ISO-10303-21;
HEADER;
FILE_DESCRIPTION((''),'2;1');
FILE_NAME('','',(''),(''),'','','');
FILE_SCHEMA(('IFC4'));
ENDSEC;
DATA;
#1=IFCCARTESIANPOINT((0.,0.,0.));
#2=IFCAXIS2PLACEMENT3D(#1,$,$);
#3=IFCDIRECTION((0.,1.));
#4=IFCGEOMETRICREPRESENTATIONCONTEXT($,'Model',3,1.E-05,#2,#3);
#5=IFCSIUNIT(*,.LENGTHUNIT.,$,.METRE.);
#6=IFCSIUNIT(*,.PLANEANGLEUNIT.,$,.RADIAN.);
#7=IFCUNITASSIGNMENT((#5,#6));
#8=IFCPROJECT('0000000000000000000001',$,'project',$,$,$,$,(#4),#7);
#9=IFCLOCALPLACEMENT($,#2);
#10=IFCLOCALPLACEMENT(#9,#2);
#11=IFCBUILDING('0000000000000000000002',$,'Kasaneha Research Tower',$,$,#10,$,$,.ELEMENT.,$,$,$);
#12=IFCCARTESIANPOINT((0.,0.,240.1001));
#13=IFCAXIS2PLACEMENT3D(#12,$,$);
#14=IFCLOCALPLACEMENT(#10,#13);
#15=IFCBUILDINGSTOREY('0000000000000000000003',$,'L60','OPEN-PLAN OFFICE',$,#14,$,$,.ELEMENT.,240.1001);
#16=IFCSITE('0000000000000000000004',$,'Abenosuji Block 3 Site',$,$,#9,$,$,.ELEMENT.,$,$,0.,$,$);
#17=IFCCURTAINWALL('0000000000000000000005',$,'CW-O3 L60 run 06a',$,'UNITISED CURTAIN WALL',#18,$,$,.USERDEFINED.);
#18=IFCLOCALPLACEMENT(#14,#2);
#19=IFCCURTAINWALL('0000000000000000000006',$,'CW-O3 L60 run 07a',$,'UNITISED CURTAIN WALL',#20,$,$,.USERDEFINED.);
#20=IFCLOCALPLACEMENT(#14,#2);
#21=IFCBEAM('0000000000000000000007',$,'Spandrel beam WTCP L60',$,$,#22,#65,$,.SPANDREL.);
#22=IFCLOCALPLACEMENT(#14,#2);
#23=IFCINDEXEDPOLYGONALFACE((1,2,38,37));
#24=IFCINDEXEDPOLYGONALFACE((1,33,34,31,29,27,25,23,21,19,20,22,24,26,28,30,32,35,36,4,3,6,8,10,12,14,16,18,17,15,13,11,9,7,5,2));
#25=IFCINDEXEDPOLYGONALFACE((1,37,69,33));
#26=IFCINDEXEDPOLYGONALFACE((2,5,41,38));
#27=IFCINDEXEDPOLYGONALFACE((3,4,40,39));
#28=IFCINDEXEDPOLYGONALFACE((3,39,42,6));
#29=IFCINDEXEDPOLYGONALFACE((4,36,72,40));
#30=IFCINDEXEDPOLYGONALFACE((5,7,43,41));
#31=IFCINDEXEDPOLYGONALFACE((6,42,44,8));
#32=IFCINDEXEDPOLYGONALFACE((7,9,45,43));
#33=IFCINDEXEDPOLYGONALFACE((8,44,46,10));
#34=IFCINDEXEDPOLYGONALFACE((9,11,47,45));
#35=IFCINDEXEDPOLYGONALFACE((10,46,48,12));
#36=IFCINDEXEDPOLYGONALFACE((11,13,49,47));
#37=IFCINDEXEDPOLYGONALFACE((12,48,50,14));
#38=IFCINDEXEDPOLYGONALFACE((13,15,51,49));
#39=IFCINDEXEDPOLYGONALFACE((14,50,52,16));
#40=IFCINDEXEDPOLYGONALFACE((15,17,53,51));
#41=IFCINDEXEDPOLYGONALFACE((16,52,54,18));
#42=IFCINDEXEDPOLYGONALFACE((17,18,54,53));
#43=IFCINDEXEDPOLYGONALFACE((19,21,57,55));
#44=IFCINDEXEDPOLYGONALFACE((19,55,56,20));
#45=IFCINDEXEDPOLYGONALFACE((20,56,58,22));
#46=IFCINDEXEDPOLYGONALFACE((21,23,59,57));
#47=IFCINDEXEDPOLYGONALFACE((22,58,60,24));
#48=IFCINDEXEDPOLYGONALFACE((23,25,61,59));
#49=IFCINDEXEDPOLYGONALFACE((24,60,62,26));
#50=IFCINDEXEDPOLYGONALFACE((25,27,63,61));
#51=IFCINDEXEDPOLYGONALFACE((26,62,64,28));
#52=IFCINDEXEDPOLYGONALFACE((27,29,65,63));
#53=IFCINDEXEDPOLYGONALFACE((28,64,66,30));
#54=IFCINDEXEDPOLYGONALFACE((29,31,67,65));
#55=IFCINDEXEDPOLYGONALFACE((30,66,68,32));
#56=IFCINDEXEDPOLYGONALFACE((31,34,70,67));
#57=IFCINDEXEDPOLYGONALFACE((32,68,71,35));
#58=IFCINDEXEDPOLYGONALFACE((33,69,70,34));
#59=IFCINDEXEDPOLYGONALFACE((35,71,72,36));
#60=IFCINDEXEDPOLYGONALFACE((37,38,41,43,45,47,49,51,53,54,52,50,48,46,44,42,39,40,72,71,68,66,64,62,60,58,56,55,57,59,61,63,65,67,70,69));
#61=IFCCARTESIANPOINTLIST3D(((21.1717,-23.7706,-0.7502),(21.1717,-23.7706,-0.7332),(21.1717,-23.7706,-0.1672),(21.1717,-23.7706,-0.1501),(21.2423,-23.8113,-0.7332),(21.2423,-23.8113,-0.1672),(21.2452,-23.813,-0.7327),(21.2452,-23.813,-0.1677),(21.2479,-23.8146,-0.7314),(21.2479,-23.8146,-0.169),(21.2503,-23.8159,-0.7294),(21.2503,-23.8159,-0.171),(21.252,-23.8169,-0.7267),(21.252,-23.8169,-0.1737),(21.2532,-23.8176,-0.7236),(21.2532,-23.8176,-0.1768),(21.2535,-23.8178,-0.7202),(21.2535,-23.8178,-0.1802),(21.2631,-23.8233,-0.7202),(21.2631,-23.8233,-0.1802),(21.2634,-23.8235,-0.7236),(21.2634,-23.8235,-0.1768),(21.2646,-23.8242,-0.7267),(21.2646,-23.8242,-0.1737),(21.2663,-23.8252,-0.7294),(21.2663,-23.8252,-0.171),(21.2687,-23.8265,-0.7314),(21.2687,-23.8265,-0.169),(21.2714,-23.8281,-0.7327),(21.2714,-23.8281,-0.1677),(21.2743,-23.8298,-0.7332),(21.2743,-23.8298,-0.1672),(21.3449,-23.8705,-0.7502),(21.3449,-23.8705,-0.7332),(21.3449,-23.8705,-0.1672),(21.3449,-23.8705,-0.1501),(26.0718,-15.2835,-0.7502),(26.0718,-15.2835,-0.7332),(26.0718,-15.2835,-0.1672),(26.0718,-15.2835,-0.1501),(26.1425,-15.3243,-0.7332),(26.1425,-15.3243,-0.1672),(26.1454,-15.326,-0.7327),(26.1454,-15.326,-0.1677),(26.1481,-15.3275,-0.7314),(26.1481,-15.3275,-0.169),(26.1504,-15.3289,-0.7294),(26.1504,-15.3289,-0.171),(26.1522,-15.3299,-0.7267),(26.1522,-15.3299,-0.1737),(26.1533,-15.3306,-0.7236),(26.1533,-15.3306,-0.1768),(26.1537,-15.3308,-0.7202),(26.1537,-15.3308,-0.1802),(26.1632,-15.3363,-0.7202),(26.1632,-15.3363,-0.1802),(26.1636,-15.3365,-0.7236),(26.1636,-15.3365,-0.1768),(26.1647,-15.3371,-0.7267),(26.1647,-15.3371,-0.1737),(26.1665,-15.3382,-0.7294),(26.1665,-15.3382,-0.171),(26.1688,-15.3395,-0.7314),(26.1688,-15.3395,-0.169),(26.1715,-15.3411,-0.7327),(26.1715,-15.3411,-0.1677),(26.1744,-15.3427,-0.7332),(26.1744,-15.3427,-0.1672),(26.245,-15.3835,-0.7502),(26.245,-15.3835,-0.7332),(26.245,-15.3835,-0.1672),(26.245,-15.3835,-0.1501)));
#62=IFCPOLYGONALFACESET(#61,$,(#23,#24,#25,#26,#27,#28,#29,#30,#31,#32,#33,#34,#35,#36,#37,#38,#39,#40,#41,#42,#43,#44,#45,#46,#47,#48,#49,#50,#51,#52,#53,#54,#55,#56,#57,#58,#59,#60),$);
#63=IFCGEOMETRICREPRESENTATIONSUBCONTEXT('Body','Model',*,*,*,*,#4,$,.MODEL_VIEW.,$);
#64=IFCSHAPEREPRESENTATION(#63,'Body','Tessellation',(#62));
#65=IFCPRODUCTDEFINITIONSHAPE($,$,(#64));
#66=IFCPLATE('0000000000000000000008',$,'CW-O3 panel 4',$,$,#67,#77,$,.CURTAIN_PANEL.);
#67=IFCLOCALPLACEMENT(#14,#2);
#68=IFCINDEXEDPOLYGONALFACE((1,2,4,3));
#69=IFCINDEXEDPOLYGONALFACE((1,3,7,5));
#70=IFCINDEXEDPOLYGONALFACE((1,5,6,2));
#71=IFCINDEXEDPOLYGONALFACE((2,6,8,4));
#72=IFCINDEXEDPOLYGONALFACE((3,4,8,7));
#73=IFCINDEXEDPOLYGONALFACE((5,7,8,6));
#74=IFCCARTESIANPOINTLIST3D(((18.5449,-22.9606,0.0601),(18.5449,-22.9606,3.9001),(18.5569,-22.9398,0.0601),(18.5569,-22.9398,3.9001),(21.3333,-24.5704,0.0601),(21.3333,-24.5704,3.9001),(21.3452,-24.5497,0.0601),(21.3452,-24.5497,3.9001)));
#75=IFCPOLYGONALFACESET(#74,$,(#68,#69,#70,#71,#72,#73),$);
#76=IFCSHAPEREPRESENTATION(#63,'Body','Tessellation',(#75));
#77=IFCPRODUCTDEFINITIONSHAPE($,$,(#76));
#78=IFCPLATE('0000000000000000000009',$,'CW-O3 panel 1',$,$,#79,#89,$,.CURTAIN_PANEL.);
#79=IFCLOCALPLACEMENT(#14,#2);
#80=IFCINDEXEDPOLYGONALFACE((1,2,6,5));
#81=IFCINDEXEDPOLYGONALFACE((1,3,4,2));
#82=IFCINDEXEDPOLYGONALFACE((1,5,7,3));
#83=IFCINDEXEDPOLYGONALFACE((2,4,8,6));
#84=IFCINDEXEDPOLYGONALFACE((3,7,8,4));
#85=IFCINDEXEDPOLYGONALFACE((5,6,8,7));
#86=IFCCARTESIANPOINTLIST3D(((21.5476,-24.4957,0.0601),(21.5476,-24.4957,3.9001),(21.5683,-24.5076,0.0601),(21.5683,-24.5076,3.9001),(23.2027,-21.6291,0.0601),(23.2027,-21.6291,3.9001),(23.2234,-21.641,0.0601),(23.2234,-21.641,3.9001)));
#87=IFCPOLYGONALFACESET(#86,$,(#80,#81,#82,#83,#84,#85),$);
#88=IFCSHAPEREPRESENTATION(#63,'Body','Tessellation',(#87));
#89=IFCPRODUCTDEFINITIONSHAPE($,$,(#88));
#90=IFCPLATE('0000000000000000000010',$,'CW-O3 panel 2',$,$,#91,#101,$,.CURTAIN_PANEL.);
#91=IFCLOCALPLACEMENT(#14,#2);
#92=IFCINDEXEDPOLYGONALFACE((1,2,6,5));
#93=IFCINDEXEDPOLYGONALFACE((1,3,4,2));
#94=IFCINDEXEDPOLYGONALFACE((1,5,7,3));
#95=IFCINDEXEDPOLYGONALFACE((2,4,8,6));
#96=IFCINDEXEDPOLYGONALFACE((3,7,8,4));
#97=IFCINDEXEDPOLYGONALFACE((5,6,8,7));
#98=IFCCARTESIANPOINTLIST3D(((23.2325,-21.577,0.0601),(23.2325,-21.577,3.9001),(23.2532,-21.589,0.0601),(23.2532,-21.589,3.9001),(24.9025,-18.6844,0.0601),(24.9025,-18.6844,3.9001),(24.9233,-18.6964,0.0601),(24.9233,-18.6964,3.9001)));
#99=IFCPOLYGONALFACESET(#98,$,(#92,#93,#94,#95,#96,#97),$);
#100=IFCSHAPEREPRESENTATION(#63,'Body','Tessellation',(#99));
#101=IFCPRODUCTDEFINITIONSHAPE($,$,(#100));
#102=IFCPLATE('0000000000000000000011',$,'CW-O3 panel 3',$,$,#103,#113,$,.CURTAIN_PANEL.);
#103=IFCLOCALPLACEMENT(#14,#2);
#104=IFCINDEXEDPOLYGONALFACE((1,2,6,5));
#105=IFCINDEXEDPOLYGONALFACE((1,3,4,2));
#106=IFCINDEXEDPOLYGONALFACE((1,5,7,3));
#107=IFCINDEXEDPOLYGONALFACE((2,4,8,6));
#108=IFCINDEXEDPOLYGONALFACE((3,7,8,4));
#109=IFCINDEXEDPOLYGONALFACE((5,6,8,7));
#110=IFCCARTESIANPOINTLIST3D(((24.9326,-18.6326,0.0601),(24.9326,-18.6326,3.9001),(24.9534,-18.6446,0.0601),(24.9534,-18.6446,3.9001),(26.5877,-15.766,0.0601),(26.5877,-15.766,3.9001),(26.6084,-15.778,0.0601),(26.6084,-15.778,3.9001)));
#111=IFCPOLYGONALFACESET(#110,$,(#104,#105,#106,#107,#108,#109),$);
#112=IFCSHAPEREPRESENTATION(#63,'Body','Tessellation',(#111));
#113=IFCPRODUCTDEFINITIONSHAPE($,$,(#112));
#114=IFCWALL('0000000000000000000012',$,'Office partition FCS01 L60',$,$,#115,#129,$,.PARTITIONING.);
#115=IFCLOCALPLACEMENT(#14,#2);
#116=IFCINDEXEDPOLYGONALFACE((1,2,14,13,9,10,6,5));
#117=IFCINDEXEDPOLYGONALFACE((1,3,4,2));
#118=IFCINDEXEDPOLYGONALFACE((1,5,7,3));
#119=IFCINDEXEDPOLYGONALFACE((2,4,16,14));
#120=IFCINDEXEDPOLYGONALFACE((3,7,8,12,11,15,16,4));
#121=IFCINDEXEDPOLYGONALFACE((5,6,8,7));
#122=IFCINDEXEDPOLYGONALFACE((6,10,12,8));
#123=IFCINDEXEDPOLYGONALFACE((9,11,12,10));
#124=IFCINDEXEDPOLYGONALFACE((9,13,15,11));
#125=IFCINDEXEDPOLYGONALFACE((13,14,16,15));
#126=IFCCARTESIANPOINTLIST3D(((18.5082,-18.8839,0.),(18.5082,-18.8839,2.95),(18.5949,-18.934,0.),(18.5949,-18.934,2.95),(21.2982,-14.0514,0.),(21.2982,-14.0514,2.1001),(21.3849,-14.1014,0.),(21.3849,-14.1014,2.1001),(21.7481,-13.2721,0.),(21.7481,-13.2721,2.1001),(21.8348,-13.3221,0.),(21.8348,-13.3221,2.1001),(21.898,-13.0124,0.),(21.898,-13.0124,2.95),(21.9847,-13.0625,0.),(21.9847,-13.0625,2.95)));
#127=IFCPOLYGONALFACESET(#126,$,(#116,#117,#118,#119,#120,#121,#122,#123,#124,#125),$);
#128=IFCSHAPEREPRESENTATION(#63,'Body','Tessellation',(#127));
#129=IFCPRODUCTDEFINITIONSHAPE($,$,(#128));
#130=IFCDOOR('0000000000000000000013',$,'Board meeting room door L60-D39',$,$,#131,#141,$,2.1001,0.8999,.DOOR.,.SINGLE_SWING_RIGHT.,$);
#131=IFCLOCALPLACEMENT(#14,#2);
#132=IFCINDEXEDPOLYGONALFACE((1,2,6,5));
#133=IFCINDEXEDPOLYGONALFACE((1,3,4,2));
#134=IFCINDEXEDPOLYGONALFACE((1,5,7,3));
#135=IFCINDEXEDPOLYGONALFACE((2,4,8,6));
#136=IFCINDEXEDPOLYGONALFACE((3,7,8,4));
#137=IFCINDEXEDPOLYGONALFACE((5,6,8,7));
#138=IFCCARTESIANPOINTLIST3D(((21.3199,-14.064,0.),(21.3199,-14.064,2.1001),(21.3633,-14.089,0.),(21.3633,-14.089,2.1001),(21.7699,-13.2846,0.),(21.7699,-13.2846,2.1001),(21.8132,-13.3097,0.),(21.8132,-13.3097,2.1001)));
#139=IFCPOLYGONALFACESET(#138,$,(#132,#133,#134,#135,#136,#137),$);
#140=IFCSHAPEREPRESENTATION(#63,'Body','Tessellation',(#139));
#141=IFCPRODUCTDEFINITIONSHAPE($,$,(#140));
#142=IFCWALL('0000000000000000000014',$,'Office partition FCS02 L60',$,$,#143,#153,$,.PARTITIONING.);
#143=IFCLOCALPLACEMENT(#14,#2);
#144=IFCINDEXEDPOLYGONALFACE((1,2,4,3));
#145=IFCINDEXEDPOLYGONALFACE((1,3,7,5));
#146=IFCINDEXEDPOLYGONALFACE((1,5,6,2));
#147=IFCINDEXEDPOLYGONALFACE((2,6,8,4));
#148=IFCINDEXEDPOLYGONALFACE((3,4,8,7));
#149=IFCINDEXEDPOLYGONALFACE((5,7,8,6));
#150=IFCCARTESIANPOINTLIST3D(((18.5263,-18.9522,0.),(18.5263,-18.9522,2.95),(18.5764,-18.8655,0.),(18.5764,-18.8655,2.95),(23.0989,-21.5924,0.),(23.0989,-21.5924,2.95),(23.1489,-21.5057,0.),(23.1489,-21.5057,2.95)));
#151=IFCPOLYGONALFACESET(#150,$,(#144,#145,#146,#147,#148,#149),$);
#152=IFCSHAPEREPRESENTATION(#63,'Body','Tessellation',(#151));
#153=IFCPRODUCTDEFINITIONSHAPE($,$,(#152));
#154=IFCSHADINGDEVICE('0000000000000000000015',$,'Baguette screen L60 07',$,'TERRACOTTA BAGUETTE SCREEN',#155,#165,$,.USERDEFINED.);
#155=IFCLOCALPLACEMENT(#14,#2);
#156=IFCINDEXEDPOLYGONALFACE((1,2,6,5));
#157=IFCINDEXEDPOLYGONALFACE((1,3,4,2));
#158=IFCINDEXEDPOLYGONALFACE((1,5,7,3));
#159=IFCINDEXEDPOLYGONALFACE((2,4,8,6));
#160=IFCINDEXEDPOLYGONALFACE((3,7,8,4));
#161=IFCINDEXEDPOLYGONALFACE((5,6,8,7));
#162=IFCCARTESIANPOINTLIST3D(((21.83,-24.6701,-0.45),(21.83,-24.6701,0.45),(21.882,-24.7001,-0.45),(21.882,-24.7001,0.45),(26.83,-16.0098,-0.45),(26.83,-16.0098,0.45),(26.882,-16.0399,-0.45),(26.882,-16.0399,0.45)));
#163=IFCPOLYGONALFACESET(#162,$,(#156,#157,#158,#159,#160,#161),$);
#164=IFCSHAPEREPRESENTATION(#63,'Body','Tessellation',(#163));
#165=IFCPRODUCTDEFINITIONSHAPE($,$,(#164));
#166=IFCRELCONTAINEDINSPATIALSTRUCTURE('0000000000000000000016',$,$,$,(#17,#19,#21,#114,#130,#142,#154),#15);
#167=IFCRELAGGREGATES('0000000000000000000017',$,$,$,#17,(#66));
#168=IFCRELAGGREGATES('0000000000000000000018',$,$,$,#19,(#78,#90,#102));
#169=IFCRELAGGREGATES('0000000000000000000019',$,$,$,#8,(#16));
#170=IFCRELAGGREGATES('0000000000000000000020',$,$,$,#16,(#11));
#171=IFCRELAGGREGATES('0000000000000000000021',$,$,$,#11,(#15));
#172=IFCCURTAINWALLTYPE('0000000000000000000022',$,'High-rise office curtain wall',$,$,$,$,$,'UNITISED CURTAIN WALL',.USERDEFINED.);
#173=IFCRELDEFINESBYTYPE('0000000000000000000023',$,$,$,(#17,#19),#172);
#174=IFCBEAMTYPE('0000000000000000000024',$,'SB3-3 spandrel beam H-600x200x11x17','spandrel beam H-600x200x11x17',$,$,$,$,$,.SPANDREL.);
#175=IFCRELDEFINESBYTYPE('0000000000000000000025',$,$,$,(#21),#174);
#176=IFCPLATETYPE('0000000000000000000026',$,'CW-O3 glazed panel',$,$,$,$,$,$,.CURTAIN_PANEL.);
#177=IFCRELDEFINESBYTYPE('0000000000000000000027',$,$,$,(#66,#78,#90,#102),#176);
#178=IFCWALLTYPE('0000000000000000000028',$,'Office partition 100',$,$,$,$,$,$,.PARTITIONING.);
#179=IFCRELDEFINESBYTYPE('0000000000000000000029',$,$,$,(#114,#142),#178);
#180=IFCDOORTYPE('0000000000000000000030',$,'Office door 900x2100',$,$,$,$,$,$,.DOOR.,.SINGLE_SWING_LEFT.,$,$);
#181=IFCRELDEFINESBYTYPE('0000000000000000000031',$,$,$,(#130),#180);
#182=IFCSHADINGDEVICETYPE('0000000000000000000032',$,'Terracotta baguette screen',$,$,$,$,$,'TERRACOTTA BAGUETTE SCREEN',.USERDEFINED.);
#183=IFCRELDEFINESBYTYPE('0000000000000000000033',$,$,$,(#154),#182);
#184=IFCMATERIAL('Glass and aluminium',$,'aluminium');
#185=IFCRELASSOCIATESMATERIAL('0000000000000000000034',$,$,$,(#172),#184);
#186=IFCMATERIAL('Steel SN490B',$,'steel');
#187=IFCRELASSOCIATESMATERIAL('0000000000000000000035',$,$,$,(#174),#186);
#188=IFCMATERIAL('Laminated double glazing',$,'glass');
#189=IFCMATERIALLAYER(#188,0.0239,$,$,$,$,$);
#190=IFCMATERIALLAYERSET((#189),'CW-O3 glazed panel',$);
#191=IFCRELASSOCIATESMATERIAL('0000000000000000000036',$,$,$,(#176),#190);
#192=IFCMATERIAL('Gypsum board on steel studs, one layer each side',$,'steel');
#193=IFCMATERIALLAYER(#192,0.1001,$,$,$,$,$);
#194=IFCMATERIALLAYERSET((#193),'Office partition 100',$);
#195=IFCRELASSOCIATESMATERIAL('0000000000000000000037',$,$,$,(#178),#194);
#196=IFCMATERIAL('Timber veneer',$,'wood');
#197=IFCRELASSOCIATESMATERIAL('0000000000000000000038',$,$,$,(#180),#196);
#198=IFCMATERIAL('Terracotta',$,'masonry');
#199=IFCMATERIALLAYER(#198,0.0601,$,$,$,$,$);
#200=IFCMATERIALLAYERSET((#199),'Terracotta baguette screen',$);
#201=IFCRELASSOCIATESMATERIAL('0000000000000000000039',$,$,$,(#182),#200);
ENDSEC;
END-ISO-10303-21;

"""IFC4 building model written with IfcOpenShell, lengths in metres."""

from ifc_helpers import new_model, si_unit, direction, frame, frame_2d, origin, origin_2d, place, context, subcontext, project, spatial, rectangle, i_section, extrude, material, layer, layer_set, material_profile, profile_set, type_object, element, fill, aggregate, save


model = new_model("IFC4")

# Units and contexts
model_context = context("Model", 3, precision=1e-05, world=origin(), true_north=direction((0.0, 1.0)))
body_context = subcontext(model_context, "Body", "Model", "MODEL_VIEW")
ifc_project = project(units=[si_unit("LENGTHUNIT", "METRE"), si_unit("PLANEANGLEUNIT", "RADIAN")], contexts=[model_context])

# Site, building, storey
site_placement = place(None, origin())
site = spatial("IfcSite", under=ifc_project, at=site_placement, Name="Abenosuji Block 3 Site", CompositionType="ELEMENT", RefElevation=0.0)
building_placement = place(site_placement, origin())
building = spatial("IfcBuilding", under=site, at=building_placement, Name="Kasaneha Research Tower", CompositionType="ELEMENT")
storey_placement = place(building_placement, frame((0.0, 0.0, 240.1001)))
storey = spatial("IfcBuildingStorey", under=building, at=storey_placement, Name="L60", Description="OPEN-PLAN OFFICE", CompositionType="ELEMENT", Elevation=240.1001)

# Curtain wall
ifc_material_1 = material(Name="Glass and aluminium", Category="aluminium")
curtain_wall_type = type_object("IfcCurtainWallType", Name="High-rise office curtain wall", ElementType="UNITISED CURTAIN WALL", PredefinedType="USERDEFINED", material=ifc_material_1)
curtain_wall_1_placement = place(storey_placement, origin())
curtain_wall_1 = element("IfcCurtainWall", 1, at=curtain_wall_1_placement, inside=storey, type_object=curtain_wall_type, Name="CW-O3 L60 run 06a", ObjectType="UNITISED CURTAIN WALL", PredefinedType="USERDEFINED")

# Curtain wall
curtain_wall_2_placement = place(storey_placement, origin())
curtain_wall_2 = element("IfcCurtainWall", 2, at=curtain_wall_2_placement, inside=storey, type_object=curtain_wall_type, Name="CW-O3 L60 run 07a", ObjectType="UNITISED CURTAIN WALL", PredefinedType="USERDEFINED")

# Beam
ifc_material_2 = material(Name="Steel SN490B", Category="steel")
ifc_material_profile_1 = material_profile(ifc_material_2, i_section(OverallWidth=0.2, OverallDepth=0.6001, WebThickness=0.011, FlangeThickness=0.0171, FilletRadius=0.0129, at=origin_2d()), Name="H-600x200x11x17")
ifc_profile_set_1 = profile_set([ifc_material_profile_1], Name="Steel SN490B")
beam_type = type_object("IfcBeamType", Name="SB3-3 spandrel beam H-600x200x11x17", Description="spandrel beam H-600x200x11x17", PredefinedType="SPANDREL", material=ifc_profile_set_1)
beam_placement = place(storey_placement, frame((21.2583, -23.8206, -0.4502), z_axis=(0.500011, 0.866019, 0.0), x_axis=(-0.866019, 0.500011, 0.0)))
element("IfcBeam", 3, at=beam_placement, inside=storey, type_object=beam_type, Name="Spandrel beam WTCP L60", PredefinedType="SPANDREL", context=body_context, shape_type="SweptSolid", body=[
    extrude(i_section(OverallWidth=0.2, OverallDepth=0.6001, WebThickness=0.011, FlangeThickness=0.0171, FilletRadius=0.0129, at=origin_2d()), origin(), (0.0, 0.0, 1.0), 9.8),
])

# Plates
ifc_material_3 = material(Name="Laminated double glazing", Category="glass")
ifc_layer_1 = layer(ifc_material_3, 0.0239)
ifc_layer_set_1 = layer_set([ifc_layer_1], Name="CW-O3 glazed panel")
plate_type = type_object("IfcPlateType", Name="CW-O3 glazed panel", PredefinedType="CURTAIN_PANEL", material=ifc_layer_set_1)
plate_1_placement = place(storey_placement, frame((19.9451, -23.7551, 0.0601), z_axis=(0.0, 0.0, 1.0), x_axis=(0.866025, -0.5, 0.0)))
plate_1 = element("IfcPlate", 4, at=plate_1_placement, type_object=plate_type, Name="CW-O3 panel 4", PredefinedType="CURTAIN_PANEL", context=body_context, shape_type="SweptSolid", body=[
    extrude(rectangle(XDim=3.2197, YDim=0.0239, at=origin_2d()), origin(), (0.0, 0.0, 1.0), 3.8401),
])
aggregate(curtain_wall_1, [plate_1])
plate_2_placement = place(storey_placement, frame((22.3855, -23.0684, 0.0601), z_axis=(0.0, 0.0, 1.0), x_axis=(0.5, 0.866025, 0.0)))
plate_2 = element("IfcPlate", 5, at=plate_2_placement, type_object=plate_type, Name="CW-O3 panel 1", PredefinedType="CURTAIN_PANEL", context=body_context, shape_type="SweptSolid", body=[
    extrude(rectangle(XDim=3.3101, YDim=0.0239, at=origin_2d()), origin(), (0.0, 0.0, 1.0), 3.8401),
])
plate_3_placement = place(storey_placement, frame((24.0779, -20.1367, 0.0601), z_axis=(0.0, 0.0, 1.0), x_axis=(0.5, 0.866025, 0.0)))
plate_3 = element("IfcPlate", 6, at=plate_3_placement, type_object=plate_type, Name="CW-O3 panel 2", PredefinedType="CURTAIN_PANEL", context=body_context, shape_type="SweptSolid", body=[
    extrude(rectangle(XDim=3.3401, YDim=0.0239, at=origin_2d()), origin(), (0.0, 0.0, 1.0), 3.8401),
])
plate_4_placement = place(storey_placement, frame((25.7705, -17.2053, 0.0601), z_axis=(0.0, 0.0, 1.0), x_axis=(0.5, 0.866025, 0.0)))
plate_4 = element("IfcPlate", 7, at=plate_4_placement, type_object=plate_type, Name="CW-O3 panel 3", PredefinedType="CURTAIN_PANEL", context=body_context, shape_type="SweptSolid", body=[
    extrude(rectangle(XDim=3.3101, YDim=0.0239, at=origin_2d()), origin(), (0.0, 0.0, 1.0), 3.8401),
])
aggregate(curtain_wall_2, [plate_2, plate_3, plate_4])

# Wall, opening, door
ifc_material_4 = material(Name="Gypsum board on steel studs, one layer each side", Category="steel")
ifc_layer_2 = layer(ifc_material_4, 0.1001)
ifc_layer_set_2 = layer_set([ifc_layer_2], Name="Office partition 100")
wall_type = type_object("IfcWallType", Name="Office partition 100", PredefinedType="PARTITIONING", material=ifc_layer_set_2)
wall_1_placement = place(storey_placement, frame((18.5515, -18.9089, 0.0), z_axis=(0.0, 0.0, 1.0), x_axis=(0.499993, 0.86603, 0.0)))
wall_1 = element("IfcWall", 8, at=wall_1_placement, inside=storey, type_object=wall_type, Name="Office partition FCS01 L60", PredefinedType="PARTITIONING", context=body_context, shape_type="SweptSolid", body=[
    extrude(rectangle(XDim=6.7798, YDim=0.1001, at=frame_2d((3.3899, 0.0))), origin(), (0.0, 0.0, 1.0), 2.95),
])
opening_placement = place(wall_1_placement, frame((5.5801, 0.0, 0.0)))
opening = element("IfcOpeningElement", 9, at=opening_placement, cuts=wall_1, PredefinedType="OPENING", context=body_context, shape_type="SweptSolid", body=[
    extrude(rectangle(XDim=0.8999, YDim=2.1001, at=frame_2d((0.45, 1.05))), frame((0.0, 0.0601, 0.0), z_axis=(0.0, -1.0, 0.0), x_axis=(1.0, 0.0, 0.0)), (0.0, 0.0, 1.0), 0.1201),
])
ifc_material_5 = material(Name="Timber veneer", Category="wood")
door_type = type_object("IfcDoorType", Name="Office door 900x2100", OperationType="SINGLE_SWING_LEFT", PredefinedType="DOOR", material=ifc_material_5)
door_placement = place(opening_placement, origin())
door = element("IfcDoor", 10, at=door_placement, inside=storey, type_object=door_type, Name="Board meeting room door L60-D39", OperationType="SINGLE_SWING_RIGHT", OverallHeight=2.1001, OverallWidth=0.8999, PredefinedType="DOOR", context=body_context, shape_type="SweptSolid", body=[
    extrude(rectangle(XDim=0.8999, YDim=2.1001, at=frame_2d((0.45, 1.05))), frame((0.0, 0.0249, 0.0), z_axis=(0.0, -1.0, 0.0), x_axis=(1.0, 0.0, 0.0)), (0.0, 0.0, 1.0), 0.05),
])
fill(opening, door)

# Wall
wall_2_placement = place(storey_placement, frame((23.124, -21.5491, 0.0), z_axis=(0.0, 0.0, 1.0), x_axis=(-0.866009, 0.500028, 0.0)))
element("IfcWall", 11, at=wall_2_placement, inside=storey, type_object=wall_type, Name="Office partition FCS02 L60", PredefinedType="PARTITIONING", context=body_context, shape_type="SweptSolid", body=[
    extrude(rectangle(XDim=5.28, YDim=0.1001, at=frame_2d((2.6401, 0.0))), origin(), (0.0, 0.0, 1.0), 2.95),
])

# Shading device
ifc_material_6 = material(Name="Terracotta", Category="masonry")
ifc_layer_3 = layer(ifc_material_6, 0.0601)
ifc_layer_set_3 = layer_set([ifc_layer_3], Name="Terracotta baguette screen")
shading_device_type = type_object("IfcShadingDeviceType", Name="Terracotta baguette screen", ElementType="TERRACOTTA BAGUETTE SCREEN", PredefinedType="USERDEFINED", material=ifc_layer_set_3)
shading_device_placement = place(storey_placement, frame((24.356, -20.355, -0.45), z_axis=(0.0, 0.0, 1.0), x_axis=(0.5, 0.866025, 0.0)))
element("IfcShadingDevice", 12, at=shading_device_placement, inside=storey, type_object=shading_device_type, Name="Baguette screen L60 07", ObjectType="TERRACOTTA BAGUETTE SCREEN", PredefinedType="USERDEFINED", context=body_context, shape_type="SweptSolid", body=[
    extrude(rectangle(XDim=10.0, YDim=0.0601, at=origin_2d()), origin(), (0.0, 0.0, 1.0), 0.8999),
])

save(model, "model.ifc")
